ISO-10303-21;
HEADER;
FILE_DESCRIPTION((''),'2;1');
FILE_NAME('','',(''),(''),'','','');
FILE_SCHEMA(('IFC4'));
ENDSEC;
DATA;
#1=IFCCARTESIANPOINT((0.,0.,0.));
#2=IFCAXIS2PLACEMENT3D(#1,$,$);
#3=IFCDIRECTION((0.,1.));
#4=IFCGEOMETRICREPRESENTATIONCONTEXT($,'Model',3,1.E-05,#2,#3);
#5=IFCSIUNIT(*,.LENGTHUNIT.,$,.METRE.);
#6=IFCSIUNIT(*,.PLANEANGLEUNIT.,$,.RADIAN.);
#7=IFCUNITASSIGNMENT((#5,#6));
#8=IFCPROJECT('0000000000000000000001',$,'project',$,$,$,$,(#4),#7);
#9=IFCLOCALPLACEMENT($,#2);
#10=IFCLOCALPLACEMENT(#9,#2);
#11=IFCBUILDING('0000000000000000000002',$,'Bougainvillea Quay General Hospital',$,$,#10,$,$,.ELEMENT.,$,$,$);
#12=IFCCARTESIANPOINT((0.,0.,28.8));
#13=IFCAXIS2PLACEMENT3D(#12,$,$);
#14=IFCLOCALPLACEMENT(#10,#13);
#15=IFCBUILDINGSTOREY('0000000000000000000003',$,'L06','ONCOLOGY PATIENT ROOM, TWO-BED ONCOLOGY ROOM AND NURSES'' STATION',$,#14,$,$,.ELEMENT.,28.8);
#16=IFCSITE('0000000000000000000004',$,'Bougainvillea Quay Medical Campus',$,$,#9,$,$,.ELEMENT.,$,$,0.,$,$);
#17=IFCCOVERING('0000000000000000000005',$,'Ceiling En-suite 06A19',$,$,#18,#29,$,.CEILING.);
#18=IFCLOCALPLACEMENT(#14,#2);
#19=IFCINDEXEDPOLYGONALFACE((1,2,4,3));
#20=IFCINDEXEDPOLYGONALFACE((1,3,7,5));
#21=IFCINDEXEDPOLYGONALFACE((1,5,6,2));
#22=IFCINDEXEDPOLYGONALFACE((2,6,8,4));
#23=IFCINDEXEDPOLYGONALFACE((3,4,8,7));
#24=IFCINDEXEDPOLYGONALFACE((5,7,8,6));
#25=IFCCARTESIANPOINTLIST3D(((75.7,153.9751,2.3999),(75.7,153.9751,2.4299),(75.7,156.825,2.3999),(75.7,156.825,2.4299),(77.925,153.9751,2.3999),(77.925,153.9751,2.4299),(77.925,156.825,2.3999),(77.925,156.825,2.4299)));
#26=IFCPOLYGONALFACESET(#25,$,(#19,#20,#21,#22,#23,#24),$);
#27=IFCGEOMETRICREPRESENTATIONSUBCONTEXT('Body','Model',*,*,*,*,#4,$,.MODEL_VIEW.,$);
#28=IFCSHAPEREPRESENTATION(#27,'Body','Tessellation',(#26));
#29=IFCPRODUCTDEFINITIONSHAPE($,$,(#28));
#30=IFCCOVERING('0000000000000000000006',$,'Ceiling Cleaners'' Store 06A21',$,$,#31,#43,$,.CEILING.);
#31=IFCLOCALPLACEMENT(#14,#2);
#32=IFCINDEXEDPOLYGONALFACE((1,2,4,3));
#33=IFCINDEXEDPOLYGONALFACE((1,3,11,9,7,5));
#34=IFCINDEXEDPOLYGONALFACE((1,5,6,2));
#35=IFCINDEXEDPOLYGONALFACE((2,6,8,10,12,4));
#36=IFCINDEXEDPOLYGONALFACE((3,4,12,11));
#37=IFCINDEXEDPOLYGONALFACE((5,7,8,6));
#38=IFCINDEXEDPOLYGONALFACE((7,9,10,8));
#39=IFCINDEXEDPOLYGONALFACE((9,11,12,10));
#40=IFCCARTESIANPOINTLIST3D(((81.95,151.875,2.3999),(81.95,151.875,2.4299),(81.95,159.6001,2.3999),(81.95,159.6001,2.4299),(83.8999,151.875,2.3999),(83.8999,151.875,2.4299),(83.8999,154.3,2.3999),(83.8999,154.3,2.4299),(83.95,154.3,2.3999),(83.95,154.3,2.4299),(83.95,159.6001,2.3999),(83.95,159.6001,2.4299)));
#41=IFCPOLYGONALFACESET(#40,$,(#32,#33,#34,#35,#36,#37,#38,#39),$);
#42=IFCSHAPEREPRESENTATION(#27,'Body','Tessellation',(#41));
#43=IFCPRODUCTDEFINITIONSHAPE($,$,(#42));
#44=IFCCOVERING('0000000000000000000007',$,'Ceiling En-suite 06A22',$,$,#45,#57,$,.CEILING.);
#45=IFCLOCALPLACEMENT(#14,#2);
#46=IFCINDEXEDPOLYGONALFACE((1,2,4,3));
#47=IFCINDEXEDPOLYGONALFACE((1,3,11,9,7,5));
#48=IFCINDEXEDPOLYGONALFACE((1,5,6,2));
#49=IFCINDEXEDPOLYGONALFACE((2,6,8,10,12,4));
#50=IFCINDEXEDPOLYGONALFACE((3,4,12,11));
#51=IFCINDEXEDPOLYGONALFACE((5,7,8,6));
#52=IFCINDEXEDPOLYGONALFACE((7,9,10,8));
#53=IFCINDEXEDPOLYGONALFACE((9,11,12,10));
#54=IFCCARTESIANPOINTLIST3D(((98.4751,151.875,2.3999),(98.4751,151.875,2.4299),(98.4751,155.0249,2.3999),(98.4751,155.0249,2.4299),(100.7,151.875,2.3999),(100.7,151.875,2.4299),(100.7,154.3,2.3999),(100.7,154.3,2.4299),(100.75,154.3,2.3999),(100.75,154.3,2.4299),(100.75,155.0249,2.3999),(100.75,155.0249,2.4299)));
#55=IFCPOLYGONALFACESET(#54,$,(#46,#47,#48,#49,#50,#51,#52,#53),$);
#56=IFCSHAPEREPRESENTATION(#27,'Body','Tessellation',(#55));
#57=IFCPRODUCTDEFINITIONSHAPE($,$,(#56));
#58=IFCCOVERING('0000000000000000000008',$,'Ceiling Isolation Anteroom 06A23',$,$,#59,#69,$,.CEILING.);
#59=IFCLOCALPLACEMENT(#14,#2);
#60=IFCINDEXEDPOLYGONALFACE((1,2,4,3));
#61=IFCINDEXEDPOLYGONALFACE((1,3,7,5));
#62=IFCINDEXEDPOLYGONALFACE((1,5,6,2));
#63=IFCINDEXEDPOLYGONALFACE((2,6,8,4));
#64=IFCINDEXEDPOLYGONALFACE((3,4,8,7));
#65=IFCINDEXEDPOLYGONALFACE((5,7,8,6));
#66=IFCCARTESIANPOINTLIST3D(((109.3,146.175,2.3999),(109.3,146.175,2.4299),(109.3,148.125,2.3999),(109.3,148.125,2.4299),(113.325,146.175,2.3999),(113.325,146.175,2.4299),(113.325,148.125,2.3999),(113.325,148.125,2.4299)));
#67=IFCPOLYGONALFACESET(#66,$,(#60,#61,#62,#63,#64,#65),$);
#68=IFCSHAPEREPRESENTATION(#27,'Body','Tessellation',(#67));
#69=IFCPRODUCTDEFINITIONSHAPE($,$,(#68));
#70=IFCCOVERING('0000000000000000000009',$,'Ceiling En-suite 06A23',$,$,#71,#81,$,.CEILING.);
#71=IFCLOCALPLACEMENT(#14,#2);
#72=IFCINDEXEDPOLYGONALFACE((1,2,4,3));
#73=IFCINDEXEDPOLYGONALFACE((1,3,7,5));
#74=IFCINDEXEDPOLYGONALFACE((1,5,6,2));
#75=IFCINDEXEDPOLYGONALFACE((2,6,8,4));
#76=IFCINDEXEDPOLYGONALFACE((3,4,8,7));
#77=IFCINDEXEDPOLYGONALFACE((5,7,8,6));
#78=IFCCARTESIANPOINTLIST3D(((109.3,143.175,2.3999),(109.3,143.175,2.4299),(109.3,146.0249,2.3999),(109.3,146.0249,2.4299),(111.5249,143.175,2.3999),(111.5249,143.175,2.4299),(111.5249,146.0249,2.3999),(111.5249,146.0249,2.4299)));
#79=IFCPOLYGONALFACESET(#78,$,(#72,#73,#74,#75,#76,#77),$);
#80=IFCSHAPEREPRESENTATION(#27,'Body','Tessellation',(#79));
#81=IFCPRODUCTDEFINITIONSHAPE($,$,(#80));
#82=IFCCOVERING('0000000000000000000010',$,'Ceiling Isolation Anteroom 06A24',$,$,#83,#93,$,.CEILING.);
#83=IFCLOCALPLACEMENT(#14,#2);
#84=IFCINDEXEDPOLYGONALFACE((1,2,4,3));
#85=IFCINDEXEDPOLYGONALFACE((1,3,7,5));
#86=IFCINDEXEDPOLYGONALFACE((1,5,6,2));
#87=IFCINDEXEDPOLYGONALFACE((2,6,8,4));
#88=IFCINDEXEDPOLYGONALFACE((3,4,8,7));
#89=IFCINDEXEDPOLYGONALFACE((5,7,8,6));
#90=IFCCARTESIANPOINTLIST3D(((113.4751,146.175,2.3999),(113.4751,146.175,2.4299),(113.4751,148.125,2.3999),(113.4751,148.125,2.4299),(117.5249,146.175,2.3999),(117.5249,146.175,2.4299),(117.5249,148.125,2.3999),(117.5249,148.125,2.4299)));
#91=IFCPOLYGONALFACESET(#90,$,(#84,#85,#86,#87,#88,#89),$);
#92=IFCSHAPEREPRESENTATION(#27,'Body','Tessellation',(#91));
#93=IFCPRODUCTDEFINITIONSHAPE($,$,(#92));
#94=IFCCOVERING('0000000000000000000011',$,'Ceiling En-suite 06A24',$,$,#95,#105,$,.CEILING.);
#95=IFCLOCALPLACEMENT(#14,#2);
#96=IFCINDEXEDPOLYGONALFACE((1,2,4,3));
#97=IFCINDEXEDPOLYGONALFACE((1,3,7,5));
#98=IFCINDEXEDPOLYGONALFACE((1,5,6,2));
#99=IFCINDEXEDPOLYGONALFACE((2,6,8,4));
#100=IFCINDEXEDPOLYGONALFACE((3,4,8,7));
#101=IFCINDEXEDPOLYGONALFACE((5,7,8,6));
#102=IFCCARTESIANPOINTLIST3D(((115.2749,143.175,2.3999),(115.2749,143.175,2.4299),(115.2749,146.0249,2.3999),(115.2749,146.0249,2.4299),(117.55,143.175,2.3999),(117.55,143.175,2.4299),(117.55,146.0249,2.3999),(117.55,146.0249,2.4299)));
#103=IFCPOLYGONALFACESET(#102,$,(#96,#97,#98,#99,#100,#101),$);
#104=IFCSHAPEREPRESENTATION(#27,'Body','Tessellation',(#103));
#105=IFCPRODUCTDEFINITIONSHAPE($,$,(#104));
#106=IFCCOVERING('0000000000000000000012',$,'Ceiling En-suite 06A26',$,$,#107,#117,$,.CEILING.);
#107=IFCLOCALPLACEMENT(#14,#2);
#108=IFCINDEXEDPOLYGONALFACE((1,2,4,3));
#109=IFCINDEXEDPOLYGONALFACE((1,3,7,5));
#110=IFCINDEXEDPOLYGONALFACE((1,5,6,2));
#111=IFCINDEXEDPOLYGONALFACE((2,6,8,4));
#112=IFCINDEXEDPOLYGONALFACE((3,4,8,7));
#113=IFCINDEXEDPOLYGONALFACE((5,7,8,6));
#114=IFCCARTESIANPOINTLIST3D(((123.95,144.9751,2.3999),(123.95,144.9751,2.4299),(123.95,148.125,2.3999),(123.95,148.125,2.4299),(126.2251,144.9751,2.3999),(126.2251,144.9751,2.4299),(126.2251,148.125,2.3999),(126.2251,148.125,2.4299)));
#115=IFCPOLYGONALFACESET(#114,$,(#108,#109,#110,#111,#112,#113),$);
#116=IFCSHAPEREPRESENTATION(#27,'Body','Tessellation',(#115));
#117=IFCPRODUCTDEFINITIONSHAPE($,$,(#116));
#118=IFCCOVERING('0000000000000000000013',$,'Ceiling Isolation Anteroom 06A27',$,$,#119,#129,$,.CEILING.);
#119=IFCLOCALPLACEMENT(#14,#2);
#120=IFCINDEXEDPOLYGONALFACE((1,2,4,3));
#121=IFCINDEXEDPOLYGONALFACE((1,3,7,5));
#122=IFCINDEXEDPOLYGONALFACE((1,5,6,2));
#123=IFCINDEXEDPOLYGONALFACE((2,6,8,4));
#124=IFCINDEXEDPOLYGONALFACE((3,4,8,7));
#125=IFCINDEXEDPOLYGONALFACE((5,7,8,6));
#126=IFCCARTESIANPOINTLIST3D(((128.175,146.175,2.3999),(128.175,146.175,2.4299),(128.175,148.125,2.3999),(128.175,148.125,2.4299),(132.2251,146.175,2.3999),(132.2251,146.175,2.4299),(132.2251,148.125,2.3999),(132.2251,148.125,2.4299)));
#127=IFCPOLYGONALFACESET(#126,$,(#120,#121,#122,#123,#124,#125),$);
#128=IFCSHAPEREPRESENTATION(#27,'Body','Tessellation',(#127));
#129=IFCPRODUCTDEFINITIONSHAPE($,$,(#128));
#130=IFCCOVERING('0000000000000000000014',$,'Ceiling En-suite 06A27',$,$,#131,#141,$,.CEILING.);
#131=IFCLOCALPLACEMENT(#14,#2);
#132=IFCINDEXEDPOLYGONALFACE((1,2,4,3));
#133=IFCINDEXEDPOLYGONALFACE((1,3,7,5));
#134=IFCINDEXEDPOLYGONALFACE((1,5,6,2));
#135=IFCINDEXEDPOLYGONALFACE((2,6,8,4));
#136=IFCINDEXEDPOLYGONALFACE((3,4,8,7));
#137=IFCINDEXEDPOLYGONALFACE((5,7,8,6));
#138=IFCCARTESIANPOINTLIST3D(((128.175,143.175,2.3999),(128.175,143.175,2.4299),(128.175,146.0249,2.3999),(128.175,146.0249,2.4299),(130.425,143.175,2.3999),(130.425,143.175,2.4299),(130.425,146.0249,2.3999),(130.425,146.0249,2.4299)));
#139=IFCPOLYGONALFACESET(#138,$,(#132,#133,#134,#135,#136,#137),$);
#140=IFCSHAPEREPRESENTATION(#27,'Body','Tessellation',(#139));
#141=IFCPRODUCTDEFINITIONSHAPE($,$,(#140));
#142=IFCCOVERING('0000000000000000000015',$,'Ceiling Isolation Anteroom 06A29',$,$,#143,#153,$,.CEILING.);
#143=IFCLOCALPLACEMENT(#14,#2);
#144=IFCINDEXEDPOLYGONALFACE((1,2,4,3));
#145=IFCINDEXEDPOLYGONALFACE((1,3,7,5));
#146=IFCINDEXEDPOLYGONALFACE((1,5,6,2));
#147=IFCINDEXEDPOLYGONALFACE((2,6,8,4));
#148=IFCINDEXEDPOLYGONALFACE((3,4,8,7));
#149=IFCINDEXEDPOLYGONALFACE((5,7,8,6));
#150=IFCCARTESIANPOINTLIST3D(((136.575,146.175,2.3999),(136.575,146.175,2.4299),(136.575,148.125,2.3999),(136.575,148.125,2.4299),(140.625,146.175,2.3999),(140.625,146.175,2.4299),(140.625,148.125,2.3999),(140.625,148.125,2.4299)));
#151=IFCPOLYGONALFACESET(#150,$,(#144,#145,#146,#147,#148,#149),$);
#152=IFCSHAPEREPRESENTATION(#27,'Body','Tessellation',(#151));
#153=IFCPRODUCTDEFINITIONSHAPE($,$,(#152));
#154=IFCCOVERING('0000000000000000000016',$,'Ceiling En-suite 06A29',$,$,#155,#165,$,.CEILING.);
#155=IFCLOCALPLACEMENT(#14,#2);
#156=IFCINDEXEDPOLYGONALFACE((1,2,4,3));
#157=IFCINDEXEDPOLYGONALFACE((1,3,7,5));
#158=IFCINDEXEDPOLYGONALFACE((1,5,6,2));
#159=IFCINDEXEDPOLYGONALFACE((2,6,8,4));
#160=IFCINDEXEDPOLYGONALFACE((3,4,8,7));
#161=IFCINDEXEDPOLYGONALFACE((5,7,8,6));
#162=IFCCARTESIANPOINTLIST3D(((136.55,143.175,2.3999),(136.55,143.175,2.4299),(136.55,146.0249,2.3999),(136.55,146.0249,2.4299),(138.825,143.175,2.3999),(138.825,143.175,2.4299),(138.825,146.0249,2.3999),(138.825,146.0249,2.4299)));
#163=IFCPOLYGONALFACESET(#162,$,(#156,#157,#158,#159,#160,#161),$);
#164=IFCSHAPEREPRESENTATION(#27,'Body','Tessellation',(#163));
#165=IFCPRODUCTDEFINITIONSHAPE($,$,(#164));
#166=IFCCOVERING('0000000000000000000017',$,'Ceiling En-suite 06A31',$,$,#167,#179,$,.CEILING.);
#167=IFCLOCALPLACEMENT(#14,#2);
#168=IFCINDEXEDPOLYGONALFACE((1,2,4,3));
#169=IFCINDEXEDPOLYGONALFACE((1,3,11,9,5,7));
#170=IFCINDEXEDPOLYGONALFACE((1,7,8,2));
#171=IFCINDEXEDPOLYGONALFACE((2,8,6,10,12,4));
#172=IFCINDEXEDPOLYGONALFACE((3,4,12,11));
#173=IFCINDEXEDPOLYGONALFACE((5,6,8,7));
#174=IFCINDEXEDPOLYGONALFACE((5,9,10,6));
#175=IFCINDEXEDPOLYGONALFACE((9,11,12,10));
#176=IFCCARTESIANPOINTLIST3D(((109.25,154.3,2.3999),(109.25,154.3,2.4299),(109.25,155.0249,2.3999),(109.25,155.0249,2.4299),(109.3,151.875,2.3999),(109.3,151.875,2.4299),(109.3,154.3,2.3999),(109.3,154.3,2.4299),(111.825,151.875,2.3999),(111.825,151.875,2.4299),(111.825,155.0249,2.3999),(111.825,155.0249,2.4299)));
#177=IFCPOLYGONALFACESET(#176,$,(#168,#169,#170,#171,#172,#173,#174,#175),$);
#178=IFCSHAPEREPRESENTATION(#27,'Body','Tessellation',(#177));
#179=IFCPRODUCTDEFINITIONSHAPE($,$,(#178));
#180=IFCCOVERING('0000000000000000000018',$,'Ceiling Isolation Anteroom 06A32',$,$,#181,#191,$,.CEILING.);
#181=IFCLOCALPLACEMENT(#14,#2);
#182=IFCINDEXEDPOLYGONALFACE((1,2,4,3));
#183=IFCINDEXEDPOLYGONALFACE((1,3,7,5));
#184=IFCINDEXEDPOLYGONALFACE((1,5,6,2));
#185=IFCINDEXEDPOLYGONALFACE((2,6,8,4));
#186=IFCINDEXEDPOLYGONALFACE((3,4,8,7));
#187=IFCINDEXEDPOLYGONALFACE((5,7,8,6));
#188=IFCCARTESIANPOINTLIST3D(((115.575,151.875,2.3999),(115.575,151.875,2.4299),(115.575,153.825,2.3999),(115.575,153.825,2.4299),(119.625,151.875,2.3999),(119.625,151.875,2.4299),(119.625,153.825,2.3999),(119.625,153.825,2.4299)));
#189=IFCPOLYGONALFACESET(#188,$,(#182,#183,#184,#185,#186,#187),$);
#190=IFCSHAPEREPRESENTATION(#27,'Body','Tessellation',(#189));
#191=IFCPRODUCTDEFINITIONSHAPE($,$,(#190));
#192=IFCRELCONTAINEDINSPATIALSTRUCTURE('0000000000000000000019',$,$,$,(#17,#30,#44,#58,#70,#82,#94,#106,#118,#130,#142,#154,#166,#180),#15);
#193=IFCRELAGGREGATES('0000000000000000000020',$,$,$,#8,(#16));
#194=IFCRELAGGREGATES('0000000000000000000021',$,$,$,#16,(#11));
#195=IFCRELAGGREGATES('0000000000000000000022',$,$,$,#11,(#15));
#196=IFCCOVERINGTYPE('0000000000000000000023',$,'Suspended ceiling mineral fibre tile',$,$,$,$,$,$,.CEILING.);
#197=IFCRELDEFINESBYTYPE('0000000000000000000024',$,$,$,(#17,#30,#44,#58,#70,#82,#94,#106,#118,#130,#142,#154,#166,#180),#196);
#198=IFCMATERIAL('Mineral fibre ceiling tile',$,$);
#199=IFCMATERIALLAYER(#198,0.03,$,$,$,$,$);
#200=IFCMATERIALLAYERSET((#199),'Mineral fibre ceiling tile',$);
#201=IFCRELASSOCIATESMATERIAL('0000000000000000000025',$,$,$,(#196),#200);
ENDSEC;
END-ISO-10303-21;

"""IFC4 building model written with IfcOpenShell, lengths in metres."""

from ifc_helpers import new_model, si_unit, direction, frame, origin, place, context, subcontext, project, spatial, polyline, outline, extrude, material, layer, layer_set, type_object, element, save


model = new_model("IFC4")

# Units and contexts
model_context = context("Model", 3, precision=1e-05, world=origin(), true_north=direction((0.0, 1.0)))
body_context = subcontext(model_context, "Body", "Model", "MODEL_VIEW")
ifc_project = project(units=[si_unit("LENGTHUNIT", "METRE"), si_unit("PLANEANGLEUNIT", "RADIAN")], contexts=[model_context])

# Site, building, storey
site_placement = place(None, origin())
site = spatial("IfcSite", under=ifc_project, at=site_placement, Name="Bougainvillea Quay Medical Campus", CompositionType="ELEMENT", RefElevation=0.0)
building_placement = place(site_placement, origin())
building = spatial("IfcBuilding", under=site, at=building_placement, Name="Bougainvillea Quay General Hospital", CompositionType="ELEMENT")
storey_placement = place(building_placement, frame((0.0, 0.0, 28.8)))
storey = spatial("IfcBuildingStorey", under=building, at=storey_placement, Name="L06", Description="ONCOLOGY PATIENT ROOM, TWO-BED ONCOLOGY ROOM AND NURSES' STATION", CompositionType="ELEMENT", Elevation=28.8)

# Coverings
ifc_material = material(Name="Mineral fibre ceiling tile")
ifc_layer = layer(ifc_material, 0.03)
ifc_layer_set = layer_set([ifc_layer], Name="Mineral fibre ceiling tile")
covering_type = type_object("IfcCoveringType", Name="Suspended ceiling mineral fibre tile", PredefinedType="CEILING", material=ifc_layer_set)
covering_1_placement = place(storey_placement, frame((0.0, 0.0, 2.3999)))
element("IfcCovering", 1, at=covering_1_placement, inside=storey, type_object=covering_type, Name="Ceiling En-suite 06A19", PredefinedType="CEILING", context=body_context, shape_type="SweptSolid", body=[
    extrude(outline(polyline([(77.925, 156.825), (75.7, 156.825), (75.7, 153.9751), (77.925, 153.9751), (77.925, 156.825)])), origin(), (0.0, 0.0, 1.0), 0.03),
])
covering_2_placement = place(storey_placement, frame((0.0, 0.0, 2.3999)))
element("IfcCovering", 2, at=covering_2_placement, inside=storey, type_object=covering_type, Name="Ceiling Cleaners' Store 06A21", PredefinedType="CEILING", context=body_context, shape_type="SweptSolid", body=[
    extrude(outline(polyline([(81.95, 159.6001), (81.95, 151.875), (83.8999, 151.875), (83.8999, 154.3), (83.95, 154.3), (83.95, 159.6001), (81.95, 159.6001)])), origin(), (0.0, 0.0, 1.0), 0.03),
])
covering_3_placement = place(storey_placement, frame((0.0, 0.0, 2.3999)))
element("IfcCovering", 3, at=covering_3_placement, inside=storey, type_object=covering_type, Name="Ceiling En-suite 06A22", PredefinedType="CEILING", context=body_context, shape_type="SweptSolid", body=[
    extrude(outline(polyline([(98.4751, 151.875), (100.7, 151.875), (100.7, 154.3), (100.75, 154.3), (100.75, 155.0249), (98.4751, 155.0249), (98.4751, 151.875)])), origin(), (0.0, 0.0, 1.0), 0.03),
])
covering_4_placement = place(storey_placement, frame((0.0, 0.0, 2.3999)))
element("IfcCovering", 4, at=covering_4_placement, inside=storey, type_object=covering_type, Name="Ceiling Isolation Anteroom 06A23", PredefinedType="CEILING", context=body_context, shape_type="SweptSolid", body=[
    extrude(outline(polyline([(109.3, 146.175), (113.325, 146.175), (113.325, 148.125), (109.3, 148.125), (109.3, 146.175)])), origin(), (0.0, 0.0, 1.0), 0.03),
])
covering_5_placement = place(storey_placement, frame((0.0, 0.0, 2.3999)))
element("IfcCovering", 5, at=covering_5_placement, inside=storey, type_object=covering_type, Name="Ceiling En-suite 06A23", PredefinedType="CEILING", context=body_context, shape_type="SweptSolid", body=[
    extrude(outline(polyline([(109.3, 143.175), (111.5249, 143.175), (111.5249, 146.0249), (109.3, 146.0249), (109.3, 143.175)])), origin(), (0.0, 0.0, 1.0), 0.03),
])
covering_6_placement = place(storey_placement, frame((0.0, 0.0, 2.3999)))
element("IfcCovering", 6, at=covering_6_placement, inside=storey, type_object=covering_type, Name="Ceiling Isolation Anteroom 06A24", PredefinedType="CEILING", context=body_context, shape_type="SweptSolid", body=[
    extrude(outline(polyline([(113.4751, 146.175), (117.5249, 146.175), (117.5249, 148.125), (113.4751, 148.125), (113.4751, 146.175)])), origin(), (0.0, 0.0, 1.0), 0.03),
])
covering_7_placement = place(storey_placement, frame((0.0, 0.0, 2.3999)))
element("IfcCovering", 7, at=covering_7_placement, inside=storey, type_object=covering_type, Name="Ceiling En-suite 06A24", PredefinedType="CEILING", context=body_context, shape_type="SweptSolid", body=[
    extrude(outline(polyline([(115.2749, 146.0249), (115.2749, 143.175), (117.55, 143.175), (117.55, 146.0249), (115.2749, 146.0249)])), origin(), (0.0, 0.0, 1.0), 0.03),
])
covering_8_placement = place(storey_placement, frame((0.0, 0.0, 2.3999)))
element("IfcCovering", 8, at=covering_8_placement, inside=storey, type_object=covering_type, Name="Ceiling En-suite 06A26", PredefinedType="CEILING", context=body_context, shape_type="SweptSolid", body=[
    extrude(outline(polyline([(123.95, 144.9751), (126.2251, 144.9751), (126.2251, 148.125), (123.95, 148.125), (123.95, 144.9751)])), origin(), (0.0, 0.0, 1.0), 0.03),
])
covering_9_placement = place(storey_placement, frame((0.0, 0.0, 2.3999)))
element("IfcCovering", 9, at=covering_9_placement, inside=storey, type_object=covering_type, Name="Ceiling Isolation Anteroom 06A27", PredefinedType="CEILING", context=body_context, shape_type="SweptSolid", body=[
    extrude(outline(polyline([(132.2251, 146.175), (132.2251, 148.125), (128.175, 148.125), (128.175, 146.175), (132.2251, 146.175)])), origin(), (0.0, 0.0, 1.0), 0.03),
])
covering_10_placement = place(storey_placement, frame((0.0, 0.0, 2.3999)))
element("IfcCovering", 10, at=covering_10_placement, inside=storey, type_object=covering_type, Name="Ceiling En-suite 06A27", PredefinedType="CEILING", context=body_context, shape_type="SweptSolid", body=[
    extrude(outline(polyline([(128.175, 146.0249), (128.175, 143.175), (130.425, 143.175), (130.425, 146.0249), (128.175, 146.0249)])), origin(), (0.0, 0.0, 1.0), 0.03),
])
covering_11_placement = place(storey_placement, frame((0.0, 0.0, 2.3999)))
element("IfcCovering", 11, at=covering_11_placement, inside=storey, type_object=covering_type, Name="Ceiling Isolation Anteroom 06A29", PredefinedType="CEILING", context=body_context, shape_type="SweptSolid", body=[
    extrude(outline(polyline([(140.625, 146.175), (140.625, 148.125), (136.575, 148.125), (136.575, 146.175), (140.625, 146.175)])), origin(), (0.0, 0.0, 1.0), 0.03),
])
covering_12_placement = place(storey_placement, frame((0.0, 0.0, 2.3999)))
element("IfcCovering", 12, at=covering_12_placement, inside=storey, type_object=covering_type, Name="Ceiling En-suite 06A29", PredefinedType="CEILING", context=body_context, shape_type="SweptSolid", body=[
    extrude(outline(polyline([(136.55, 143.175), (138.825, 143.175), (138.825, 146.0249), (136.55, 146.0249), (136.55, 143.175)])), origin(), (0.0, 0.0, 1.0), 0.03),
])
covering_13_placement = place(storey_placement, frame((0.0, 0.0, 2.3999)))
element("IfcCovering", 13, at=covering_13_placement, inside=storey, type_object=covering_type, Name="Ceiling En-suite 06A31", PredefinedType="CEILING", context=body_context, shape_type="SweptSolid", body=[
    extrude(outline(polyline([(109.3, 154.3), (109.3, 151.875), (111.825, 151.875), (111.825, 155.0249), (109.25, 155.0249), (109.25, 154.3), (109.3, 154.3)])), origin(), (0.0, 0.0, 1.0), 0.03),
])
covering_14_placement = place(storey_placement, frame((0.0, 0.0, 2.3999)))
element("IfcCovering", 14, at=covering_14_placement, inside=storey, type_object=covering_type, Name="Ceiling Isolation Anteroom 06A32", PredefinedType="CEILING", context=body_context, shape_type="SweptSolid", body=[
    extrude(outline(polyline([(115.575, 151.875), (119.625, 151.875), (119.625, 153.825), (115.575, 153.825), (115.575, 151.875)])), origin(), (0.0, 0.0, 1.0), 0.03),
])

save(model, "model.ifc")
